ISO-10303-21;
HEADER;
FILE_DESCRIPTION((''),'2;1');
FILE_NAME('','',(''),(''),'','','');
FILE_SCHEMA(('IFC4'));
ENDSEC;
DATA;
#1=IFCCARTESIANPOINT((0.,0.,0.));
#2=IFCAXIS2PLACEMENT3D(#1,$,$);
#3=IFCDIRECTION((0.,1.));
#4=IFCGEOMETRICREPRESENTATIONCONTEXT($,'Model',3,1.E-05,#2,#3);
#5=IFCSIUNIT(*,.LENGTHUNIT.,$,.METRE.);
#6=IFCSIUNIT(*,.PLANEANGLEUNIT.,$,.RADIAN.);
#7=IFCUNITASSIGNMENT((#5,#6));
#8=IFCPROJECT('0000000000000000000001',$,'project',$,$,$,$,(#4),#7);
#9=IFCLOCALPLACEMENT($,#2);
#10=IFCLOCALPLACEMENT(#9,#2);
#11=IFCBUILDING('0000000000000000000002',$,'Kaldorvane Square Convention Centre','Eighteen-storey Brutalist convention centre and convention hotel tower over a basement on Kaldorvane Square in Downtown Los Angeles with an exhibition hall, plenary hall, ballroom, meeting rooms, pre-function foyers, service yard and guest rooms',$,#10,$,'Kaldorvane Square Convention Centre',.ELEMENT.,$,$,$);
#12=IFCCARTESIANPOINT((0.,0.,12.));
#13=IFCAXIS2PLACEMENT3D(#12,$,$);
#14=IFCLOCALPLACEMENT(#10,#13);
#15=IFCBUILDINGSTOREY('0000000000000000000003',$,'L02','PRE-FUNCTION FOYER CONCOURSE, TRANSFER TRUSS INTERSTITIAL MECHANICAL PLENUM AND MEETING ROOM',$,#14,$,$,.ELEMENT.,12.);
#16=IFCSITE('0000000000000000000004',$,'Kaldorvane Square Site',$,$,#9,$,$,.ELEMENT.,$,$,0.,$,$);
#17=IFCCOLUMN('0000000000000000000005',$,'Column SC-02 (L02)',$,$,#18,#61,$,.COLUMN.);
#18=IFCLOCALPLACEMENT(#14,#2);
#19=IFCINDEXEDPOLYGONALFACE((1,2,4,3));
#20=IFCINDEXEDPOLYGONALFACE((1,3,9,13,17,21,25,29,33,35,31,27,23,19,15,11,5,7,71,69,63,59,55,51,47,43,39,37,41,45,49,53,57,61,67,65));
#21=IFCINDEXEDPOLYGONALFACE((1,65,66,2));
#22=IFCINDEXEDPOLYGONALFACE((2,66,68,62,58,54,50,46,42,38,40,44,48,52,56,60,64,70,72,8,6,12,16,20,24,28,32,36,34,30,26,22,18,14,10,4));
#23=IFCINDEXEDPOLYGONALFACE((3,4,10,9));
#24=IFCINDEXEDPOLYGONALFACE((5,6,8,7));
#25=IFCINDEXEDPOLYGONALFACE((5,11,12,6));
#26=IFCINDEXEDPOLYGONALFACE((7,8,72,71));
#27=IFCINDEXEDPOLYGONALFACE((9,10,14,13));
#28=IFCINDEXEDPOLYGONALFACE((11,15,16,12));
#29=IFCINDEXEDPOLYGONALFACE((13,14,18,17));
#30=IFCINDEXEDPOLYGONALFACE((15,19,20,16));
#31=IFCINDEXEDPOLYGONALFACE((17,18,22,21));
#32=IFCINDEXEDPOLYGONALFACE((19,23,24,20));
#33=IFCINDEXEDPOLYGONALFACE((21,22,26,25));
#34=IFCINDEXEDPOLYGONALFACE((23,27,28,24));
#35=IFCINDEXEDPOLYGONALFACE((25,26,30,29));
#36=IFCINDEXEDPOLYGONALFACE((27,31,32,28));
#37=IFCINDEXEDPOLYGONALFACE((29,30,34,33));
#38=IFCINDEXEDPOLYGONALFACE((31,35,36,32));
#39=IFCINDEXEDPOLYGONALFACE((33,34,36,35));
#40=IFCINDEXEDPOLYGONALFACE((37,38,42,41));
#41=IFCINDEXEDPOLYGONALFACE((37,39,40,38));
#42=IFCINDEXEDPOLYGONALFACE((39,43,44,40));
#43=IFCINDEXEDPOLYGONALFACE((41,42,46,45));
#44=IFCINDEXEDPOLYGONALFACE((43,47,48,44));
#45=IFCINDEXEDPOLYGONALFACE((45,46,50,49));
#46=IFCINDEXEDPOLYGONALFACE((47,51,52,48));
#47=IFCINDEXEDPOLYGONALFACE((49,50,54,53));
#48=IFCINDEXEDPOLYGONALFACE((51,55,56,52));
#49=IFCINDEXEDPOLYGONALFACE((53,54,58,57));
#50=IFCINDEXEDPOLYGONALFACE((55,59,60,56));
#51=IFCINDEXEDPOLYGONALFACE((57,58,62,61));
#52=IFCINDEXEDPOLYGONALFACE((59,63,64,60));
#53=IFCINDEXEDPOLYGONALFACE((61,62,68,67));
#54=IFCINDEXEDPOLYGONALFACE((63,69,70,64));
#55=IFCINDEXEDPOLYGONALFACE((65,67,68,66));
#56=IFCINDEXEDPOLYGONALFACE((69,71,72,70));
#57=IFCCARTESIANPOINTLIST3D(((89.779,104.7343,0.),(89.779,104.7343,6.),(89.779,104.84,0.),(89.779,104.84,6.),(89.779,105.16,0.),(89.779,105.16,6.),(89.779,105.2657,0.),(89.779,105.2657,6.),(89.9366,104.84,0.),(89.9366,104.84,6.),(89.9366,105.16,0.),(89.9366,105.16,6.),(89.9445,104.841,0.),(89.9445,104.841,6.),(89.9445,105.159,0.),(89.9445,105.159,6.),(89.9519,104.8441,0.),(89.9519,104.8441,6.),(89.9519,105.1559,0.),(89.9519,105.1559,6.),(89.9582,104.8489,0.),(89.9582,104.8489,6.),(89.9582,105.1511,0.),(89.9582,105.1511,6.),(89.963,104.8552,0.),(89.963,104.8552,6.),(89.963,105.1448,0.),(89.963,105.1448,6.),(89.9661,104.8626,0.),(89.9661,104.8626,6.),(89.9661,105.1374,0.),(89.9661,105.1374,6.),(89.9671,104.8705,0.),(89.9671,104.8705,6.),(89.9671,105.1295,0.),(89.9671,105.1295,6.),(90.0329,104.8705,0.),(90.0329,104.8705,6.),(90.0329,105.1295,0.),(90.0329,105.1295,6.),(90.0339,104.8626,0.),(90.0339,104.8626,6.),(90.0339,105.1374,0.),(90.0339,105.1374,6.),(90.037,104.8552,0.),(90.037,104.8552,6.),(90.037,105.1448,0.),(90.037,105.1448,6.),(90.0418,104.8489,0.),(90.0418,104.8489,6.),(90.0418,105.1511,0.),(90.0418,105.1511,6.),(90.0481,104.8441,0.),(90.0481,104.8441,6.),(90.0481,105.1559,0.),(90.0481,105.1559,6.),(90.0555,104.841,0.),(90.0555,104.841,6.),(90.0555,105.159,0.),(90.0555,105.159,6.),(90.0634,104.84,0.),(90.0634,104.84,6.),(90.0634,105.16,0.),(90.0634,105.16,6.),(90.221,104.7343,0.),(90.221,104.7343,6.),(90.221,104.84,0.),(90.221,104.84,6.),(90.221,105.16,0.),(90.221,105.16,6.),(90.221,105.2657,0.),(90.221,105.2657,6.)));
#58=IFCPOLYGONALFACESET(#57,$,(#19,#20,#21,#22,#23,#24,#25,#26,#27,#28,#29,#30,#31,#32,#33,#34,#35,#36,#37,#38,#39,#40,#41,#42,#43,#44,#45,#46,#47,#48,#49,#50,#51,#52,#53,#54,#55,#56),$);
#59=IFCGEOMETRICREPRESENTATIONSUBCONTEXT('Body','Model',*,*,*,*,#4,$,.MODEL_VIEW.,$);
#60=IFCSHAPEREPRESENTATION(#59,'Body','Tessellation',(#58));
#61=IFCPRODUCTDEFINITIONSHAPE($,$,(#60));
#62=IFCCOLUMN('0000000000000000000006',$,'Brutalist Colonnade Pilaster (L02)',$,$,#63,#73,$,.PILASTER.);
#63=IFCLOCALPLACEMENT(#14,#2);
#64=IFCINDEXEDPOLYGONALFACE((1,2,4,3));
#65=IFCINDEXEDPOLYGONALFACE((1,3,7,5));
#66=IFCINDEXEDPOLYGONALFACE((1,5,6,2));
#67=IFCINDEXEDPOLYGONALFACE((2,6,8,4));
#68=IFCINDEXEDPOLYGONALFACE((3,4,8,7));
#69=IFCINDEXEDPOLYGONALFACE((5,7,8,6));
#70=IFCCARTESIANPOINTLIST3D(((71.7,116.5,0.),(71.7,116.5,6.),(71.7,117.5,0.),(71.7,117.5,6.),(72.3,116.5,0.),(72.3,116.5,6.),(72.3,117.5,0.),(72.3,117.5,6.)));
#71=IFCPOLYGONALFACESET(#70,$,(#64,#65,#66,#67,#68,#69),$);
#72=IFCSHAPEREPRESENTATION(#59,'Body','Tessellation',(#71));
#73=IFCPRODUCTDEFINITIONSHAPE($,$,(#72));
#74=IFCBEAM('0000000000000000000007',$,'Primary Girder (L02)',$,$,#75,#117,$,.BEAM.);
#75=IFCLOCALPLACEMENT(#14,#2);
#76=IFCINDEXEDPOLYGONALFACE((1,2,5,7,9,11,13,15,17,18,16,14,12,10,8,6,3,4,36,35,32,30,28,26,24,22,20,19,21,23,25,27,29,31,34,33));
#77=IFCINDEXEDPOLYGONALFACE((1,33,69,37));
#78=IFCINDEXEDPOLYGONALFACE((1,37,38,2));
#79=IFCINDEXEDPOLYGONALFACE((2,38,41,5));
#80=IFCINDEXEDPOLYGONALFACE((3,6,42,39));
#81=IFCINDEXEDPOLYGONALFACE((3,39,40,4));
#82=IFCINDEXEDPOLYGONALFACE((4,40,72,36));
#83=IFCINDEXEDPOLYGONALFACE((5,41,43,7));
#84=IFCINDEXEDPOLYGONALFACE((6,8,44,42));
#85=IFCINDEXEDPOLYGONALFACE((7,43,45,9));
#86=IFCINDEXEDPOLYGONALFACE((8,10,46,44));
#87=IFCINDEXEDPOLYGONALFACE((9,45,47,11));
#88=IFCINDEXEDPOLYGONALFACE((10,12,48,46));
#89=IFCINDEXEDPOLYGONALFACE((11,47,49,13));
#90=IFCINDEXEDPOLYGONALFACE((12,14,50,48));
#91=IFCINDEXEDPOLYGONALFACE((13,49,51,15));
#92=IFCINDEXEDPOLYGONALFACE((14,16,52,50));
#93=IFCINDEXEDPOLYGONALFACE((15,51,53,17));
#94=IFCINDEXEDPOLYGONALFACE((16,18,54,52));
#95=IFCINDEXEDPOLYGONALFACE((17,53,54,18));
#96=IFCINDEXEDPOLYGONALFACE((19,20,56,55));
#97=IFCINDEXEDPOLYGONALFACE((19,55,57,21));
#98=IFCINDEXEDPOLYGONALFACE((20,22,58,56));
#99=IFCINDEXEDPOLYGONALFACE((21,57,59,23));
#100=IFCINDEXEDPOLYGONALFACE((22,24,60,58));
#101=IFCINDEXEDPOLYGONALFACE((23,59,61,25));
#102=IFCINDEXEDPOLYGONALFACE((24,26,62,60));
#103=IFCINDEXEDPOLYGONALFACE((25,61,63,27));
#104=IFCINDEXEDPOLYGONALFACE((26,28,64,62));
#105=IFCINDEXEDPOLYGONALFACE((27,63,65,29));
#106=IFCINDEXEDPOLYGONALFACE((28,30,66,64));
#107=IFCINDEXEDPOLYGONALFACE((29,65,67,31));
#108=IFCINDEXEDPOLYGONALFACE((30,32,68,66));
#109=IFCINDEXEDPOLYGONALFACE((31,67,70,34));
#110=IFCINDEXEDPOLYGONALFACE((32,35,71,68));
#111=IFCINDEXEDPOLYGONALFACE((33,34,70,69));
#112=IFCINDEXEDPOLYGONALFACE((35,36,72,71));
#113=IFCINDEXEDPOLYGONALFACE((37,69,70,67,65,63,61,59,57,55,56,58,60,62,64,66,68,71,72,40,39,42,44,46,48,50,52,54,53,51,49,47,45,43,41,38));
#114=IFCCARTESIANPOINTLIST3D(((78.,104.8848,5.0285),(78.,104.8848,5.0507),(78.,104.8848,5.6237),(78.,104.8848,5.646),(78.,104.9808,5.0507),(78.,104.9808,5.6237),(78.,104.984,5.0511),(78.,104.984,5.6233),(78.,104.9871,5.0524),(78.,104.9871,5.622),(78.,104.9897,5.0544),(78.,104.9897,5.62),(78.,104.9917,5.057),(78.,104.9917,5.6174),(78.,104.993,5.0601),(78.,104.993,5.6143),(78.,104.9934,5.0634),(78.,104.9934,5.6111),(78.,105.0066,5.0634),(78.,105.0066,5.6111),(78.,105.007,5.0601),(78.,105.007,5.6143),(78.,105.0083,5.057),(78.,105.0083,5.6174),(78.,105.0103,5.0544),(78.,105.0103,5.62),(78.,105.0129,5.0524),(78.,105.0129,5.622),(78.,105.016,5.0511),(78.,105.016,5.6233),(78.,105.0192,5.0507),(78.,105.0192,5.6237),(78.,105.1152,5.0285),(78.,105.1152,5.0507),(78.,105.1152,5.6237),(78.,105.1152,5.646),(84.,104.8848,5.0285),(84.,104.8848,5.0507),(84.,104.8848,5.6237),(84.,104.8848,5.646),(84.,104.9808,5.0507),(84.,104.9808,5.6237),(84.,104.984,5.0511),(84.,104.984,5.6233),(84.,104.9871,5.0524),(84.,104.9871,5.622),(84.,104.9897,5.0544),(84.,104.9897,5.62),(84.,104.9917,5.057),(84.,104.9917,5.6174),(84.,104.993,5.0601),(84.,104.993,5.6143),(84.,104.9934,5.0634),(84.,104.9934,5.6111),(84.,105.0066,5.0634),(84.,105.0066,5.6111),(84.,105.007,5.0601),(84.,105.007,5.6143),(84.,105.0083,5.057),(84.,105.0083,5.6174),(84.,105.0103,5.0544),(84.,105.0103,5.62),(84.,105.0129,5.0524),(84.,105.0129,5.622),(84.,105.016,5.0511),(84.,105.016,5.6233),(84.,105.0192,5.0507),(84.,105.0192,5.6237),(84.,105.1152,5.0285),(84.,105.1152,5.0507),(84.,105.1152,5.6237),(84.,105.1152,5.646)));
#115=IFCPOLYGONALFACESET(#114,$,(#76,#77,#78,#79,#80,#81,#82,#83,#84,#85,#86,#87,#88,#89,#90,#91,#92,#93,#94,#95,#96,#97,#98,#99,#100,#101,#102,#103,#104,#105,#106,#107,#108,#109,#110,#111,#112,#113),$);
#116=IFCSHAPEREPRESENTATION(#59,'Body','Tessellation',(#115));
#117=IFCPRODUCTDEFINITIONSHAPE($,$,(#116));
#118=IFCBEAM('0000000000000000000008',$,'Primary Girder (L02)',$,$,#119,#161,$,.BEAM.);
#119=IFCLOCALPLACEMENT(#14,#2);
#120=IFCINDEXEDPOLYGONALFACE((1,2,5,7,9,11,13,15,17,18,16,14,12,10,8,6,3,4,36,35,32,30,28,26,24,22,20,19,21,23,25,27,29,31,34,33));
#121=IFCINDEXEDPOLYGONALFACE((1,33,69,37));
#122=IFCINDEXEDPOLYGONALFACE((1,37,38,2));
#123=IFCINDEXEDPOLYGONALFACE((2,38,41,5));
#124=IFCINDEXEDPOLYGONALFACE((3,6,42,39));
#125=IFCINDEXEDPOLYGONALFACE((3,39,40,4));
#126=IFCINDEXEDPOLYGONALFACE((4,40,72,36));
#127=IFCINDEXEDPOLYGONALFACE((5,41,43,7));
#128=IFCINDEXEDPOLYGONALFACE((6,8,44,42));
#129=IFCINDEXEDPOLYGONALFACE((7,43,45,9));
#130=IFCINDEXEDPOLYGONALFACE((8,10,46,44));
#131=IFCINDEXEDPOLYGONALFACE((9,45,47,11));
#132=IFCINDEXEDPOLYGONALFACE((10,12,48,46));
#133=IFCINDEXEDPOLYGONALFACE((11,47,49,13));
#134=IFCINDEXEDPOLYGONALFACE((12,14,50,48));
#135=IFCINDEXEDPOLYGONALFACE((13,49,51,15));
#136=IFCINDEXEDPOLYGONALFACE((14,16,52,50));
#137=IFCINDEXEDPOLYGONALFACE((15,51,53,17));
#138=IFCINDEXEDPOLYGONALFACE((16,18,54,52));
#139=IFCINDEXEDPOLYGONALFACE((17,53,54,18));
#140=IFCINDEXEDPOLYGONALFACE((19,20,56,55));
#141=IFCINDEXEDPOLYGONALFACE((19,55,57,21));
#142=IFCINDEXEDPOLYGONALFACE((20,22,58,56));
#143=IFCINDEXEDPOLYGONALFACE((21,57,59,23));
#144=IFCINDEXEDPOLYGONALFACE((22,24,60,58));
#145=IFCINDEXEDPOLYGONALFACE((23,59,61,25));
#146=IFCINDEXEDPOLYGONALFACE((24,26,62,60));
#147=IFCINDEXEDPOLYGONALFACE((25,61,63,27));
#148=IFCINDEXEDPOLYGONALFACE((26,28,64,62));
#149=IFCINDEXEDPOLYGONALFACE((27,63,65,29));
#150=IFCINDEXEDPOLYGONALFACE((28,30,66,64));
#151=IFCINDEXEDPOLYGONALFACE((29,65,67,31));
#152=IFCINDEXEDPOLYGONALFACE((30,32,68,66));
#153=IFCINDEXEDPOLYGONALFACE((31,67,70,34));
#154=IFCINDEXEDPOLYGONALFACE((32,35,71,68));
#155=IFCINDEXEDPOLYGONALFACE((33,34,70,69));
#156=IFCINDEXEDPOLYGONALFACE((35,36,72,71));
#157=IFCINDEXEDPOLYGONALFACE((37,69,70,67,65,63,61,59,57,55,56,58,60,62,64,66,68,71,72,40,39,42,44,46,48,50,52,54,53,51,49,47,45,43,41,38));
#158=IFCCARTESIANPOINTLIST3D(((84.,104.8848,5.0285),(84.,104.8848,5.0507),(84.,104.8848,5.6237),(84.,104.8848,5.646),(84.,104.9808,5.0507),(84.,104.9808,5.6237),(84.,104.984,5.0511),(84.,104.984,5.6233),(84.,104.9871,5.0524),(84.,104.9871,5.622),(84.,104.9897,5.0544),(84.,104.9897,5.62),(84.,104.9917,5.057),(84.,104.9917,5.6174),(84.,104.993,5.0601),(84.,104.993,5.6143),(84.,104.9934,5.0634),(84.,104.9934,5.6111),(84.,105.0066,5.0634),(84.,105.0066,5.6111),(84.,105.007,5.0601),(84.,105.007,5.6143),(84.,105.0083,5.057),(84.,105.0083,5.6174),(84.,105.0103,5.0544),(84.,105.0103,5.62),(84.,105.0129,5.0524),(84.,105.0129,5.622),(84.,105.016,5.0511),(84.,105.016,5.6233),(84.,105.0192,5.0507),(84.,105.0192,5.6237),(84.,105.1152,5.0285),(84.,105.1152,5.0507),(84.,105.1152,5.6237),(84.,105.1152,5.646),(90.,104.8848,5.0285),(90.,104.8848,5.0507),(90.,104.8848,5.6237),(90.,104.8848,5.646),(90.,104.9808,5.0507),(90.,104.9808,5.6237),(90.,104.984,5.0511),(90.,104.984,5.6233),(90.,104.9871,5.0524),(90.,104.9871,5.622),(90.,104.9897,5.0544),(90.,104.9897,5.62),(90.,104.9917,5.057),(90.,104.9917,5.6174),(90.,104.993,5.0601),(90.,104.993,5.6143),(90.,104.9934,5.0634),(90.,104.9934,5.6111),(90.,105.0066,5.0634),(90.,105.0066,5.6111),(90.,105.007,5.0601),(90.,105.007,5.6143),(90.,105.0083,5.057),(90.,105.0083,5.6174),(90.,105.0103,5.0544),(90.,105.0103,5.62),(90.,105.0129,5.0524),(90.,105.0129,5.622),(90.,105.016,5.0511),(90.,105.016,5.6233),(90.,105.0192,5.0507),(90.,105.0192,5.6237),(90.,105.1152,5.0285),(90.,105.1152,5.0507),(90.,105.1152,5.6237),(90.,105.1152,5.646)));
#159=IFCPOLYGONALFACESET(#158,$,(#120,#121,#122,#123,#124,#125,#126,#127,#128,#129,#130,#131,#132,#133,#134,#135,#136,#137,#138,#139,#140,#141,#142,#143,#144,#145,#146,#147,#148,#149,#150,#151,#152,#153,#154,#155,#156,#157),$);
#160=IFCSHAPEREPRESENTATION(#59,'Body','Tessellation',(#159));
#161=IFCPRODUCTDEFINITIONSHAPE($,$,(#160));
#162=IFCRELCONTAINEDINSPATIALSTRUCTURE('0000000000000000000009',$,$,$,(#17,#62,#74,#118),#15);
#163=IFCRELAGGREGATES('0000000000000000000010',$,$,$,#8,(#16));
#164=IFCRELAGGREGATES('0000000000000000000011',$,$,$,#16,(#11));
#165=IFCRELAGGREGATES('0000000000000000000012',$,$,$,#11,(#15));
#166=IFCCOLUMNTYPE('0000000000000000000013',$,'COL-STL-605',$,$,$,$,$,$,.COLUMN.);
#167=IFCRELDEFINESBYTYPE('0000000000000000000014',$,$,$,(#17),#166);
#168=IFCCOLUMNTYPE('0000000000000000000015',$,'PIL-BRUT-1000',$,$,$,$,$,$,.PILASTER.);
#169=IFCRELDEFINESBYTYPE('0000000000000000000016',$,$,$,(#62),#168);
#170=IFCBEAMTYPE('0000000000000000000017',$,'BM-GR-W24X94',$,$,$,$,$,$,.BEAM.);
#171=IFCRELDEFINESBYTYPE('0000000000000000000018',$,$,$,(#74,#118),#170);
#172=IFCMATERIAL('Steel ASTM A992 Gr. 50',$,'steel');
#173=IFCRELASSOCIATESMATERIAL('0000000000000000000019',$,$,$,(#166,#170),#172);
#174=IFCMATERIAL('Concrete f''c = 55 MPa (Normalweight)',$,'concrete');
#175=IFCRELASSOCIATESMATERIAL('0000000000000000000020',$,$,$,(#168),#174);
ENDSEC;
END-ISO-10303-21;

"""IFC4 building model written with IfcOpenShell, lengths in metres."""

from ifc_helpers import new_model, si_unit, direction, frame, origin, origin_2d, place, context, subcontext, project, spatial, rectangle, i_section, extrude, material, material_profile, profile_set, type_object, element, save


model = new_model("IFC4")

# Units and contexts
model_context = context("Model", 3, precision=1e-05, world=origin(), true_north=direction((0.0, 1.0)))
body_context = subcontext(model_context, "Body", "Model", "MODEL_VIEW")
ifc_project = project(units=[si_unit("LENGTHUNIT", "METRE"), si_unit("PLANEANGLEUNIT", "RADIAN")], contexts=[model_context])

# Site, building, storey
site_placement = place(None, origin())
site = spatial("IfcSite", under=ifc_project, at=site_placement, Name="Kaldorvane Square Site", CompositionType="ELEMENT", RefElevation=0.0)
building_placement = place(site_placement, origin())
building = spatial("IfcBuilding", under=site, at=building_placement, Name="Kaldorvane Square Convention Centre", Description="Eighteen-storey Brutalist convention centre and convention hotel tower over a basement on Kaldorvane Square in Downtown Los Angeles with an exhibition hall, plenary hall, ballroom, meeting rooms, pre-function foyers, service yard and guest rooms", LongName="Kaldorvane Square Convention Centre", CompositionType="ELEMENT")
storey_placement = place(building_placement, frame((0.0, 0.0, 12.0)))
storey = spatial("IfcBuildingStorey", under=building, at=storey_placement, Name="L02", Description="PRE-FUNCTION FOYER CONCOURSE, TRANSFER TRUSS INTERSTITIAL MECHANICAL PLENUM AND MEETING ROOM", CompositionType="ELEMENT", Elevation=12.0)

# Columns
ifc_material_1 = material(Name="Concrete f'c = 55 MPa (Normalweight)", Category="concrete")
ifc_material_2 = material(Name="Steel ASTM A992 Gr. 50", Category="steel")
ifc_material_profile_1 = material_profile(ifc_material_2, i_section(OverallWidth=0.442, OverallDepth=0.5314, WebThickness=0.0658, FlangeThickness=0.1057, FilletRadius=0.0305, at=origin_2d()), Name="W14X605")
ifc_profile_set_1 = profile_set([ifc_material_profile_1], Name="Steel ASTM A992 Gr. 50")
column_type_1 = type_object("IfcColumnType", Name="COL-STL-605", PredefinedType="COLUMN", material=ifc_profile_set_1)
for number, where, z_axis, x_axis, name in (
    (1, (90.0, 105.0, 0.0), (0.0, 0.0, 1.0), (1.0, 0.0, 0.0), "Column SC-02 (L02)"),
):
    element("IfcColumn", number, at=place(storey_placement, frame(where, z_axis=z_axis, x_axis=x_axis)), inside=storey, type_object=column_type_1, Name=name, PredefinedType="COLUMN", context=body_context, shape_type="SweptSolid", body=[
        extrude(i_section(OverallWidth=0.442, OverallDepth=0.5314, WebThickness=0.0658, FlangeThickness=0.1057, FilletRadius=0.0305, at=origin_2d()), origin(), (0.0, 0.0, 1.0), 6.0),
    ])
ifc_material_profile_2 = material_profile(ifc_material_1, rectangle(XDim=0.6, YDim=1.0, at=origin_2d()), Name="PIL1000X600")
ifc_profile_set_2 = profile_set([ifc_material_profile_2], Name="Concrete f'c = 55 MPa (Normalweight)")
column_type_2 = type_object("IfcColumnType", Name="PIL-BRUT-1000", PredefinedType="PILASTER", material=ifc_profile_set_2)
column_placement = place(storey_placement, frame((72.0, 117.0, 0.0), z_axis=(0.0, 0.0, 1.0), x_axis=(1.0, 0.0, 0.0)))
element("IfcColumn", 2, at=column_placement, inside=storey, type_object=column_type_2, Name="Brutalist Colonnade Pilaster (L02)", PredefinedType="PILASTER", context=body_context, shape_type="SweptSolid", body=[
    extrude(rectangle(XDim=0.6, YDim=1.0, at=origin_2d()), origin(), (0.0, 0.0, 1.0), 6.0),
])

# Beams
ifc_material_profile_3 = material_profile(ifc_material_2, i_section(OverallWidth=0.2303, OverallDepth=0.6175, WebThickness=0.0131, FlangeThickness=0.0222, FilletRadius=0.0127, at=origin_2d()), Name="W24X94")
ifc_profile_set_3 = profile_set([ifc_material_profile_3], Name="Steel ASTM A992 Gr. 50")
beam_type_1 = type_object("IfcBeamType", Name="BM-GR-W24X94", PredefinedType="BEAM", material=ifc_profile_set_3)
for number, where, z_axis, x_axis, name in (
    (3, (78.0, 105.0, 5.3372), (1.0, 0.0, 0.0), (0.0, 1.0, 0.0), "Primary Girder (L02)"),
    (4, (84.0, 105.0, 5.3372), (1.0, 0.0, 0.0), (0.0, 1.0, 0.0), "Primary Girder (L02)"),
):
    element("IfcBeam", number, at=place(storey_placement, frame(where, z_axis=z_axis, x_axis=x_axis)), inside=storey, type_object=beam_type_1, Name=name, PredefinedType="BEAM", context=body_context, shape_type="SweptSolid", body=[
        extrude(i_section(OverallWidth=0.2303, OverallDepth=0.6175, WebThickness=0.0131, FlangeThickness=0.0222, FilletRadius=0.0127, at=origin_2d()), origin(), (0.0, 0.0, 1.0), 6.0),
    ])

save(model, "model.ifc")
